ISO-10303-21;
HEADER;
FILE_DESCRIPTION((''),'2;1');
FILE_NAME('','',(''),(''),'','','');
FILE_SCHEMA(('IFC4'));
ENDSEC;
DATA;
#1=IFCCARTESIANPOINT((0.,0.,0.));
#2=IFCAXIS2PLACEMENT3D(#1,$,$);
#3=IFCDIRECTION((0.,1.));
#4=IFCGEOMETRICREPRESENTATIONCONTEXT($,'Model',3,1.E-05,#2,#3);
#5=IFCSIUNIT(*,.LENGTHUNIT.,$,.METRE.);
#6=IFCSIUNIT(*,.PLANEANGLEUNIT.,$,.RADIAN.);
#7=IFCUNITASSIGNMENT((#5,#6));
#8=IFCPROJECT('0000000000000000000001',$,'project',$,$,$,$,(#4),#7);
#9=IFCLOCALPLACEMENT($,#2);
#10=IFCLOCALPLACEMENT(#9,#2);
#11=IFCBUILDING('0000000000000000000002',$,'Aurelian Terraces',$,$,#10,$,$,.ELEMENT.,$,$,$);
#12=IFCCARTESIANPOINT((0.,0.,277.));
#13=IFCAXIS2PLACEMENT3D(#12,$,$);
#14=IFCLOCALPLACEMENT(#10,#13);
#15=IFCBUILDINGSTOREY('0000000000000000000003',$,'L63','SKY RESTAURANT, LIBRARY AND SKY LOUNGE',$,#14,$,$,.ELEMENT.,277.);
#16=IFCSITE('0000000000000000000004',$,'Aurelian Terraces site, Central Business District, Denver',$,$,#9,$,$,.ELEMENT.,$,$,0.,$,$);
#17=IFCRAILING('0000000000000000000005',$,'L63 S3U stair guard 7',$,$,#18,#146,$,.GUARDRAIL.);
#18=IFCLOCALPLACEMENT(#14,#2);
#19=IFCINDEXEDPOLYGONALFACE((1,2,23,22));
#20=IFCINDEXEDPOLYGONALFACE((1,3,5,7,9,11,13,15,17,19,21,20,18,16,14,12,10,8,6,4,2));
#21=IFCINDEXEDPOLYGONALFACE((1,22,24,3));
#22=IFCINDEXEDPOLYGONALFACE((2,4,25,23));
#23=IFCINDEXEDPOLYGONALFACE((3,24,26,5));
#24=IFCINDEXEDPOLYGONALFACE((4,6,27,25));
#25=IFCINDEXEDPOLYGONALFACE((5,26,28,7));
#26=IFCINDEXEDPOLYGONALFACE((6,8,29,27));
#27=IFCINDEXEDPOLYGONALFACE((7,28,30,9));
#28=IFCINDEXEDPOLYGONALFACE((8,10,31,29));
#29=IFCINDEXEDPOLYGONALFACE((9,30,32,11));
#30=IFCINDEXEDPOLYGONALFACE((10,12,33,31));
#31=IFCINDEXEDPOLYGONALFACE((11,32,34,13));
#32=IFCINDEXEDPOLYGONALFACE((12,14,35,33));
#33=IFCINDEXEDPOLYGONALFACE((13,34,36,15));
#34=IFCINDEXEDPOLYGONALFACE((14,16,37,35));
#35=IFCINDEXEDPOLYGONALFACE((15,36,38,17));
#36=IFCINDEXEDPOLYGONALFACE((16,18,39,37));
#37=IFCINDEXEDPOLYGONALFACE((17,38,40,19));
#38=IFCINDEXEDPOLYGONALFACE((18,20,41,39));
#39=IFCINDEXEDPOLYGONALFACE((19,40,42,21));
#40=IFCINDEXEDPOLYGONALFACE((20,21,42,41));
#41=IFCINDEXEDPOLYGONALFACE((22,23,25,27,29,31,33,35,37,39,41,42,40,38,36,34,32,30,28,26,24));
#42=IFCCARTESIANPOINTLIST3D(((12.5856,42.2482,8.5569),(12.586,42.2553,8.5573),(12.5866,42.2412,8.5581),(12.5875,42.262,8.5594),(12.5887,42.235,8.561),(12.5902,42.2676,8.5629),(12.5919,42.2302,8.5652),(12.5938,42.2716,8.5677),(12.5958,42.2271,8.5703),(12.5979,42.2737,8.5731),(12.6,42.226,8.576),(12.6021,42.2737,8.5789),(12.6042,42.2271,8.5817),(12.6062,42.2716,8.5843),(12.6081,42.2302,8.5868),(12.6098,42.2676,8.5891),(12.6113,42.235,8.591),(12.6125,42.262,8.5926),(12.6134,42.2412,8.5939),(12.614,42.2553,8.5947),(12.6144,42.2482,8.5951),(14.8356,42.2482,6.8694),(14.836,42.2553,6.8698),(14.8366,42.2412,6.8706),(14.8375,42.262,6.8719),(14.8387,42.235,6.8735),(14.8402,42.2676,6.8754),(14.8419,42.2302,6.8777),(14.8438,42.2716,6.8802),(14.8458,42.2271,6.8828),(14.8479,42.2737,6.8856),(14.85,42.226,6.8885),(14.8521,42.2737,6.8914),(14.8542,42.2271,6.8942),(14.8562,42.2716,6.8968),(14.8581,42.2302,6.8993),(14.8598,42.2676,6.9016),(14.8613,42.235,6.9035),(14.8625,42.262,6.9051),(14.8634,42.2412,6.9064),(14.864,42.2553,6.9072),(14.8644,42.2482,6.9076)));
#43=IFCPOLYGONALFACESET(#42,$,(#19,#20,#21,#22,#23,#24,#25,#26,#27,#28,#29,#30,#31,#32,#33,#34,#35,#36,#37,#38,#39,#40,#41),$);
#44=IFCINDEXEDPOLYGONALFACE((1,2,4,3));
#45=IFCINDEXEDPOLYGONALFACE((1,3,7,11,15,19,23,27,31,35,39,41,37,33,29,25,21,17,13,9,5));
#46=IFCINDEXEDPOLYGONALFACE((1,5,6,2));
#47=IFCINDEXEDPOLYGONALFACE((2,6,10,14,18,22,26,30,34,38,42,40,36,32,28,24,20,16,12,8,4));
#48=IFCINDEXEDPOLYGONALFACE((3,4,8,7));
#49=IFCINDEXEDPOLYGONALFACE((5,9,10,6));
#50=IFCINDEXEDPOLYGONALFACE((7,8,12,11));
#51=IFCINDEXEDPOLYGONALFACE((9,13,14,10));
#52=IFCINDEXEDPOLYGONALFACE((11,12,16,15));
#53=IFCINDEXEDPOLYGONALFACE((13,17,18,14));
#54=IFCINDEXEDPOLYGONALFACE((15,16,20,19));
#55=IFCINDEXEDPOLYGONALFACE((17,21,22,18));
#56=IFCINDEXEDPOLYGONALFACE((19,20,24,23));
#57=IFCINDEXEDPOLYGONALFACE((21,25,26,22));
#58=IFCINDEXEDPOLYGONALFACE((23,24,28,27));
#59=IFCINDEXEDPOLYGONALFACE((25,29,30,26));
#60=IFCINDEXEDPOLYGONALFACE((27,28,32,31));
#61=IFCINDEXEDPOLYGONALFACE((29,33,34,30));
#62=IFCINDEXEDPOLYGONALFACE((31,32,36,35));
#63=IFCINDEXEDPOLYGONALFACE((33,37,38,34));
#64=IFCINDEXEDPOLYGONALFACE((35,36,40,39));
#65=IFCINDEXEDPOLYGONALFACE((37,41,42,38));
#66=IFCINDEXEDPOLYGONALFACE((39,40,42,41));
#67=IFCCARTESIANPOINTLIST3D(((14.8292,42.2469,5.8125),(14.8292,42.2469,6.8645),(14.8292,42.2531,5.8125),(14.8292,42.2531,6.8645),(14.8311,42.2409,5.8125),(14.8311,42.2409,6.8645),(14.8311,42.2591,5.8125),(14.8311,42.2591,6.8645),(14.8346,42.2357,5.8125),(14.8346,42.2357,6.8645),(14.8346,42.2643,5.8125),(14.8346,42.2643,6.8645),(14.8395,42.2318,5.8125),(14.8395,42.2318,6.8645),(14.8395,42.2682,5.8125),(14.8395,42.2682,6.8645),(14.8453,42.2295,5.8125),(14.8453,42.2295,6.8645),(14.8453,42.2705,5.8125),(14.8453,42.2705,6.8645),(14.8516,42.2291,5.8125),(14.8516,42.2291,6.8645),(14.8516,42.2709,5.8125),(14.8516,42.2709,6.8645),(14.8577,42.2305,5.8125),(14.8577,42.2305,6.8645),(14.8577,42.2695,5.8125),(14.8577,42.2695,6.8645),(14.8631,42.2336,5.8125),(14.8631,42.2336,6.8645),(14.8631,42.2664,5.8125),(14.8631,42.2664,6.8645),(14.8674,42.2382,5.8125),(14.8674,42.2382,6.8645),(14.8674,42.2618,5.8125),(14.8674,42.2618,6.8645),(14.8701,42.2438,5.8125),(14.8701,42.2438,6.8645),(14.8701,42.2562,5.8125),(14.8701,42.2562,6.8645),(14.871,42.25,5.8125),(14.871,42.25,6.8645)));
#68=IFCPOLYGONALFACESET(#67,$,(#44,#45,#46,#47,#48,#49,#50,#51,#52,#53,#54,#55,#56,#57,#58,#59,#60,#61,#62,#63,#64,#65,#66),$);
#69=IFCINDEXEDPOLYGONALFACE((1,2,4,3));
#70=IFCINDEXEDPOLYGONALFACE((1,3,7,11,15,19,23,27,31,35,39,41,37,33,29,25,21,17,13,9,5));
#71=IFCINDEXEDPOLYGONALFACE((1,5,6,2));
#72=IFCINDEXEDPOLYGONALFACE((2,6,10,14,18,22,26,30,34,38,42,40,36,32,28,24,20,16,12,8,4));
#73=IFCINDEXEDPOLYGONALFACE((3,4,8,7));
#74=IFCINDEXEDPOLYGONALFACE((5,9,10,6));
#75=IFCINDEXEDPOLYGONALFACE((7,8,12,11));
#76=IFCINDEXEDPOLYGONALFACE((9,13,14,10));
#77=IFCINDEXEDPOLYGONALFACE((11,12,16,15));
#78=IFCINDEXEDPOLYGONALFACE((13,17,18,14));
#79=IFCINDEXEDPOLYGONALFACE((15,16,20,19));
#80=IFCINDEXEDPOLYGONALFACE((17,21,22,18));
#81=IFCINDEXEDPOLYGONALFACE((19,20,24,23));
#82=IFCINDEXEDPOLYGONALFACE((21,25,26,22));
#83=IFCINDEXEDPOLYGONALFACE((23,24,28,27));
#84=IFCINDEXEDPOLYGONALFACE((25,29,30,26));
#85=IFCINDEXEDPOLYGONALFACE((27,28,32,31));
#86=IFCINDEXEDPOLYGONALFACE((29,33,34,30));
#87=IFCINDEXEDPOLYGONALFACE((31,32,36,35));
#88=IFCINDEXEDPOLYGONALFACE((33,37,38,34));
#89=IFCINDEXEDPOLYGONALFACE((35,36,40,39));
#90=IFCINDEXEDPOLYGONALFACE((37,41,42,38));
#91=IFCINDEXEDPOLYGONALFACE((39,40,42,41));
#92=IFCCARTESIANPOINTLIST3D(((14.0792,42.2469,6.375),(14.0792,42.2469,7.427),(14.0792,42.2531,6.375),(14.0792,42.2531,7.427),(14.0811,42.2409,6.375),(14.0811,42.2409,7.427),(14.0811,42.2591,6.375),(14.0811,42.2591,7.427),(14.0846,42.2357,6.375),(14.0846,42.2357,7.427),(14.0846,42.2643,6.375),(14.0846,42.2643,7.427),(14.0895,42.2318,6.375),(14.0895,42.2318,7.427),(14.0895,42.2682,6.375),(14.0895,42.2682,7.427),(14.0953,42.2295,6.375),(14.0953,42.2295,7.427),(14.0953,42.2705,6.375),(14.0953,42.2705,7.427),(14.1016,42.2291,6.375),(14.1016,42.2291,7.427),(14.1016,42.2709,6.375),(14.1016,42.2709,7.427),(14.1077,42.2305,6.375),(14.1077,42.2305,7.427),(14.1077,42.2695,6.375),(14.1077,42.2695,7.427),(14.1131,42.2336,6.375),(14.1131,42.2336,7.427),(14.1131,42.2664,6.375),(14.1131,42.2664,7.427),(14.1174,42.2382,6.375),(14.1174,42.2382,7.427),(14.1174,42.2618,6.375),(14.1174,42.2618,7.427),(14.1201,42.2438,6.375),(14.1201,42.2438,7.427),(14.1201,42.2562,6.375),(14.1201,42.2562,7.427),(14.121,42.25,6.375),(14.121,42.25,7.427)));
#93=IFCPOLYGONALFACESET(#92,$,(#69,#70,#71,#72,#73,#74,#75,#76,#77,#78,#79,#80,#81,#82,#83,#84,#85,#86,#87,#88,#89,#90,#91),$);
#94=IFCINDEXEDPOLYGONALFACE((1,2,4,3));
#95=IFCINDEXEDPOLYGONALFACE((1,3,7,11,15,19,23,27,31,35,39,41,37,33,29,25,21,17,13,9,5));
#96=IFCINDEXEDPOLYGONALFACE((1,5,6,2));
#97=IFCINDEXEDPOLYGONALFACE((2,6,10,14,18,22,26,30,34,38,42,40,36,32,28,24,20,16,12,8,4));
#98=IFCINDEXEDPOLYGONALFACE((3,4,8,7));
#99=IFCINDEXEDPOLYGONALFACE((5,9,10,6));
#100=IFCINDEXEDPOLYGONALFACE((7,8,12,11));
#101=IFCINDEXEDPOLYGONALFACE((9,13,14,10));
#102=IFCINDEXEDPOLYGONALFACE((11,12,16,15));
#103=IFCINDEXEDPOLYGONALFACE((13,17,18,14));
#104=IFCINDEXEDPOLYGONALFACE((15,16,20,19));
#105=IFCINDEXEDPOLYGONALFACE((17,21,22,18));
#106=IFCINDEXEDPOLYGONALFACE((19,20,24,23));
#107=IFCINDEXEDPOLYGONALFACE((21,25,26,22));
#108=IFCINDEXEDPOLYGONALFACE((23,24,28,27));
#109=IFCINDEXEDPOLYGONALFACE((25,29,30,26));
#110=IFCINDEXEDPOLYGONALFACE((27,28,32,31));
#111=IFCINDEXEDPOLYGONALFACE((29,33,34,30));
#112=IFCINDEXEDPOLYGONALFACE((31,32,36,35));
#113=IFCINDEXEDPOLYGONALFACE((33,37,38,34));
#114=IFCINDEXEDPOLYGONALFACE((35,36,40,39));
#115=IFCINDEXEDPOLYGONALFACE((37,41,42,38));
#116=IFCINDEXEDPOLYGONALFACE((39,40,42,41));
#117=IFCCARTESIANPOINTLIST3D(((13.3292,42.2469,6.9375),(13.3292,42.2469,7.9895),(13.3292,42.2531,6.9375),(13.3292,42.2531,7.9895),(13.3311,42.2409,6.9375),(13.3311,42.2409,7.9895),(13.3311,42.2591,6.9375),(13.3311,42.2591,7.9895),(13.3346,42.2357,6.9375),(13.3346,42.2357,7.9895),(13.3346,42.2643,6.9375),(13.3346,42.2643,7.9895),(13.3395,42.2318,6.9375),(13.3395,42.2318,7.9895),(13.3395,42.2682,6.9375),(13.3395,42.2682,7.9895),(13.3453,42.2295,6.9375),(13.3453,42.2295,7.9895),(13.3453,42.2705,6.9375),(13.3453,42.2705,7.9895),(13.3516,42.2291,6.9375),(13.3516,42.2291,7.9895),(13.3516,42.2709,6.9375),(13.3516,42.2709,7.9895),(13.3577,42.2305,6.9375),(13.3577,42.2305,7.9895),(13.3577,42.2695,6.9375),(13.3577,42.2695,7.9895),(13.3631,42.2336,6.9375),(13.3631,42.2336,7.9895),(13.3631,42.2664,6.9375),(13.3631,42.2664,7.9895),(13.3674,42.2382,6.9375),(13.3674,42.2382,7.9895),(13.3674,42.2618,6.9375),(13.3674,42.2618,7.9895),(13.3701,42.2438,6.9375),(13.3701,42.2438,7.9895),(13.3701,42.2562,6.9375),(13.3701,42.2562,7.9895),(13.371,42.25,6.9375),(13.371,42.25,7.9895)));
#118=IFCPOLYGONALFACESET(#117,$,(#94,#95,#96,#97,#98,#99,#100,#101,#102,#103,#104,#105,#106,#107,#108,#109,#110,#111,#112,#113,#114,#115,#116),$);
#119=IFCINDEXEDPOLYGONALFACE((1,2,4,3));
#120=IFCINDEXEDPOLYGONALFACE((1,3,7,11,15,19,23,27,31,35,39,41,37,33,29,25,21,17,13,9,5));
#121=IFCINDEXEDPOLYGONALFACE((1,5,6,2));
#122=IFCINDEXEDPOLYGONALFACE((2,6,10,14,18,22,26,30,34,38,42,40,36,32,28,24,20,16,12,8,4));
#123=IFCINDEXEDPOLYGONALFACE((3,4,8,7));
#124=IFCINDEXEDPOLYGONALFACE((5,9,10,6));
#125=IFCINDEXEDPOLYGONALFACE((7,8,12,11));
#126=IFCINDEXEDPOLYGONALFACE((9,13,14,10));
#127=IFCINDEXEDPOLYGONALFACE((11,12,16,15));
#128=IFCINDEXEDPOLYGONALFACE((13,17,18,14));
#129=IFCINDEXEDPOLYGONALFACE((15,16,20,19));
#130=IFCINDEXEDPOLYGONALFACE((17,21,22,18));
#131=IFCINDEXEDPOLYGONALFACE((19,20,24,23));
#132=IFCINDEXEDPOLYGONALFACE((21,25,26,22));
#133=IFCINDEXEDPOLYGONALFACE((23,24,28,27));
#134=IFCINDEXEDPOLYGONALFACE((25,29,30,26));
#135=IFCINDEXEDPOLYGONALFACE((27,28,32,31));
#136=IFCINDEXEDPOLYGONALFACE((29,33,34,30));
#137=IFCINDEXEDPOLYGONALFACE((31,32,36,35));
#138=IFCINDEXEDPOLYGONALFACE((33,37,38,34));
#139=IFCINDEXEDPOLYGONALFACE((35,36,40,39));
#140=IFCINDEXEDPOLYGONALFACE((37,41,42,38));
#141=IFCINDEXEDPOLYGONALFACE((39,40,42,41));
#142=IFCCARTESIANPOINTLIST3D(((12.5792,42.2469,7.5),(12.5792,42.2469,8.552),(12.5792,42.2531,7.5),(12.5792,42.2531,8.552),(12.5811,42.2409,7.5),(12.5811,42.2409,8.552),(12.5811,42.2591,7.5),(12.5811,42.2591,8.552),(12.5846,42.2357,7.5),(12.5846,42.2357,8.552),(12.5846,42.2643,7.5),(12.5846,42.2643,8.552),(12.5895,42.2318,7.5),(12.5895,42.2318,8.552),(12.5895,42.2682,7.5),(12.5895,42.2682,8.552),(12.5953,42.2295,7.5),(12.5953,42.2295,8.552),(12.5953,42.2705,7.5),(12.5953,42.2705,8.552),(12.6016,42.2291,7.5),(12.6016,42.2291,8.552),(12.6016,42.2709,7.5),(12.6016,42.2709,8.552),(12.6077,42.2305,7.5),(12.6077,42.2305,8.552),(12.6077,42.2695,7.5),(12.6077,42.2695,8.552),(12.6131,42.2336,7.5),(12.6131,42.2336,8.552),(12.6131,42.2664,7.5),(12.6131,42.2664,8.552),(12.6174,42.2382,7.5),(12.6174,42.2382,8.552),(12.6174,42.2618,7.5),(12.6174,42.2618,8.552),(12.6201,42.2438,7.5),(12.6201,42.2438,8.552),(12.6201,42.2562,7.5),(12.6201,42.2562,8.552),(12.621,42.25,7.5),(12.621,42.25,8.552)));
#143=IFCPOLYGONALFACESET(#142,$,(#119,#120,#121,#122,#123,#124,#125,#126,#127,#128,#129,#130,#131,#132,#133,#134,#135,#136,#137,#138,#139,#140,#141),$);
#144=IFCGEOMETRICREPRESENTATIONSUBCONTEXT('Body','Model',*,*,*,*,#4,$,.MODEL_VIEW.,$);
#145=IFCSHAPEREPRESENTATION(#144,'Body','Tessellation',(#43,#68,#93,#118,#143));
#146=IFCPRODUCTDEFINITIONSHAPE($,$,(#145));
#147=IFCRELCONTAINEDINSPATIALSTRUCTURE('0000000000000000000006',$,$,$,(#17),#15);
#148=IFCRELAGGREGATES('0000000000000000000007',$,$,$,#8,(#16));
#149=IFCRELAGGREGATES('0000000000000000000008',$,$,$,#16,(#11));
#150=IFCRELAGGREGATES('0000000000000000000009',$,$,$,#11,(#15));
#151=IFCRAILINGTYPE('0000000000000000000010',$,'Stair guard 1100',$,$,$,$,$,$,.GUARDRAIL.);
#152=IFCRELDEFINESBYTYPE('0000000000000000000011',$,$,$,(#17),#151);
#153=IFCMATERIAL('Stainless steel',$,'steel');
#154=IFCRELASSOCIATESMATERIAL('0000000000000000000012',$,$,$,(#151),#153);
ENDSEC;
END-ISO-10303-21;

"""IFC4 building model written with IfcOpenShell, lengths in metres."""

from ifc_helpers import new_model, si_unit, direction, frame, origin, origin_2d, place, context, subcontext, project, spatial, circle, extrude, source, transform, mapped, material, type_object, element, save


model = new_model("IFC4")

# Units and contexts
model_context = context("Model", 3, precision=1e-05, world=origin(), true_north=direction((0.0, 1.0)))
body_context = subcontext(model_context, "Body", "Model", "MODEL_VIEW")
ifc_project = project(units=[si_unit("LENGTHUNIT", "METRE"), si_unit("PLANEANGLEUNIT", "RADIAN")], contexts=[model_context])

# Site, building, storey
site_placement = place(None, origin())
site = spatial("IfcSite", under=ifc_project, at=site_placement, Name="Aurelian Terraces site, Central Business District, Denver", CompositionType="ELEMENT", RefElevation=0.0)
building_placement = place(site_placement, origin())
building = spatial("IfcBuilding", under=site, at=building_placement, Name="Aurelian Terraces", CompositionType="ELEMENT")
storey_placement = place(building_placement, frame((0.0, 0.0, 277.0)))
storey = spatial("IfcBuildingStorey", under=building, at=storey_placement, Name="L63", Description="SKY RESTAURANT, LIBRARY AND SKY LOUNGE", CompositionType="ELEMENT", Elevation=277.0)

# Railing
ifc_material_1 = material(Name="Stainless steel", Category="steel")
railing_type_1 = type_object("IfcRailingType", Name="Stair guard 1100", PredefinedType="GUARDRAIL", material=ifc_material_1)
shared_shape_1 = source(origin(), body_context, "Body", "SweptSolid", [
    extrude(circle(Radius=0.024, at=origin_2d()), frame((0.0, 0.0, 1.076), z_axis=(-0.8, 0.0, 0.6), x_axis=(0.0, -1.0, 0.0)), (0.0, 0.0, 1.0), 2.8125),
    extrude(circle(Radius=0.021, at=origin_2d()), origin(), (0.0, 0.0, 1.0), 1.052),
    extrude(circle(Radius=0.021, at=origin_2d()), frame((-0.75, 0.0, 0.5625)), (0.0, 0.0, 1.0), 1.052),
    extrude(circle(Radius=0.021, at=origin_2d()), frame((-1.5, 0.0, 1.125)), (0.0, 0.0, 1.0), 1.052),
    extrude(circle(Radius=0.021, at=origin_2d()), frame((-2.25, 0.0, 1.6875)), (0.0, 0.0, 1.0), 1.052),
])
railing_placement = place(storey_placement, frame((14.85, 42.25, 5.8125)))
element("IfcRailing", 1, at=railing_placement, inside=storey, type_object=railing_type_1, Name="L63 S3U stair guard 7", PredefinedType="GUARDRAIL", context=body_context, shape_type="MappedRepresentation", body=[
    mapped(shared_shape_1, transform((0.0, 0.0, 0.0), scale=1.0)),
])

save(model, "model.ifc")
